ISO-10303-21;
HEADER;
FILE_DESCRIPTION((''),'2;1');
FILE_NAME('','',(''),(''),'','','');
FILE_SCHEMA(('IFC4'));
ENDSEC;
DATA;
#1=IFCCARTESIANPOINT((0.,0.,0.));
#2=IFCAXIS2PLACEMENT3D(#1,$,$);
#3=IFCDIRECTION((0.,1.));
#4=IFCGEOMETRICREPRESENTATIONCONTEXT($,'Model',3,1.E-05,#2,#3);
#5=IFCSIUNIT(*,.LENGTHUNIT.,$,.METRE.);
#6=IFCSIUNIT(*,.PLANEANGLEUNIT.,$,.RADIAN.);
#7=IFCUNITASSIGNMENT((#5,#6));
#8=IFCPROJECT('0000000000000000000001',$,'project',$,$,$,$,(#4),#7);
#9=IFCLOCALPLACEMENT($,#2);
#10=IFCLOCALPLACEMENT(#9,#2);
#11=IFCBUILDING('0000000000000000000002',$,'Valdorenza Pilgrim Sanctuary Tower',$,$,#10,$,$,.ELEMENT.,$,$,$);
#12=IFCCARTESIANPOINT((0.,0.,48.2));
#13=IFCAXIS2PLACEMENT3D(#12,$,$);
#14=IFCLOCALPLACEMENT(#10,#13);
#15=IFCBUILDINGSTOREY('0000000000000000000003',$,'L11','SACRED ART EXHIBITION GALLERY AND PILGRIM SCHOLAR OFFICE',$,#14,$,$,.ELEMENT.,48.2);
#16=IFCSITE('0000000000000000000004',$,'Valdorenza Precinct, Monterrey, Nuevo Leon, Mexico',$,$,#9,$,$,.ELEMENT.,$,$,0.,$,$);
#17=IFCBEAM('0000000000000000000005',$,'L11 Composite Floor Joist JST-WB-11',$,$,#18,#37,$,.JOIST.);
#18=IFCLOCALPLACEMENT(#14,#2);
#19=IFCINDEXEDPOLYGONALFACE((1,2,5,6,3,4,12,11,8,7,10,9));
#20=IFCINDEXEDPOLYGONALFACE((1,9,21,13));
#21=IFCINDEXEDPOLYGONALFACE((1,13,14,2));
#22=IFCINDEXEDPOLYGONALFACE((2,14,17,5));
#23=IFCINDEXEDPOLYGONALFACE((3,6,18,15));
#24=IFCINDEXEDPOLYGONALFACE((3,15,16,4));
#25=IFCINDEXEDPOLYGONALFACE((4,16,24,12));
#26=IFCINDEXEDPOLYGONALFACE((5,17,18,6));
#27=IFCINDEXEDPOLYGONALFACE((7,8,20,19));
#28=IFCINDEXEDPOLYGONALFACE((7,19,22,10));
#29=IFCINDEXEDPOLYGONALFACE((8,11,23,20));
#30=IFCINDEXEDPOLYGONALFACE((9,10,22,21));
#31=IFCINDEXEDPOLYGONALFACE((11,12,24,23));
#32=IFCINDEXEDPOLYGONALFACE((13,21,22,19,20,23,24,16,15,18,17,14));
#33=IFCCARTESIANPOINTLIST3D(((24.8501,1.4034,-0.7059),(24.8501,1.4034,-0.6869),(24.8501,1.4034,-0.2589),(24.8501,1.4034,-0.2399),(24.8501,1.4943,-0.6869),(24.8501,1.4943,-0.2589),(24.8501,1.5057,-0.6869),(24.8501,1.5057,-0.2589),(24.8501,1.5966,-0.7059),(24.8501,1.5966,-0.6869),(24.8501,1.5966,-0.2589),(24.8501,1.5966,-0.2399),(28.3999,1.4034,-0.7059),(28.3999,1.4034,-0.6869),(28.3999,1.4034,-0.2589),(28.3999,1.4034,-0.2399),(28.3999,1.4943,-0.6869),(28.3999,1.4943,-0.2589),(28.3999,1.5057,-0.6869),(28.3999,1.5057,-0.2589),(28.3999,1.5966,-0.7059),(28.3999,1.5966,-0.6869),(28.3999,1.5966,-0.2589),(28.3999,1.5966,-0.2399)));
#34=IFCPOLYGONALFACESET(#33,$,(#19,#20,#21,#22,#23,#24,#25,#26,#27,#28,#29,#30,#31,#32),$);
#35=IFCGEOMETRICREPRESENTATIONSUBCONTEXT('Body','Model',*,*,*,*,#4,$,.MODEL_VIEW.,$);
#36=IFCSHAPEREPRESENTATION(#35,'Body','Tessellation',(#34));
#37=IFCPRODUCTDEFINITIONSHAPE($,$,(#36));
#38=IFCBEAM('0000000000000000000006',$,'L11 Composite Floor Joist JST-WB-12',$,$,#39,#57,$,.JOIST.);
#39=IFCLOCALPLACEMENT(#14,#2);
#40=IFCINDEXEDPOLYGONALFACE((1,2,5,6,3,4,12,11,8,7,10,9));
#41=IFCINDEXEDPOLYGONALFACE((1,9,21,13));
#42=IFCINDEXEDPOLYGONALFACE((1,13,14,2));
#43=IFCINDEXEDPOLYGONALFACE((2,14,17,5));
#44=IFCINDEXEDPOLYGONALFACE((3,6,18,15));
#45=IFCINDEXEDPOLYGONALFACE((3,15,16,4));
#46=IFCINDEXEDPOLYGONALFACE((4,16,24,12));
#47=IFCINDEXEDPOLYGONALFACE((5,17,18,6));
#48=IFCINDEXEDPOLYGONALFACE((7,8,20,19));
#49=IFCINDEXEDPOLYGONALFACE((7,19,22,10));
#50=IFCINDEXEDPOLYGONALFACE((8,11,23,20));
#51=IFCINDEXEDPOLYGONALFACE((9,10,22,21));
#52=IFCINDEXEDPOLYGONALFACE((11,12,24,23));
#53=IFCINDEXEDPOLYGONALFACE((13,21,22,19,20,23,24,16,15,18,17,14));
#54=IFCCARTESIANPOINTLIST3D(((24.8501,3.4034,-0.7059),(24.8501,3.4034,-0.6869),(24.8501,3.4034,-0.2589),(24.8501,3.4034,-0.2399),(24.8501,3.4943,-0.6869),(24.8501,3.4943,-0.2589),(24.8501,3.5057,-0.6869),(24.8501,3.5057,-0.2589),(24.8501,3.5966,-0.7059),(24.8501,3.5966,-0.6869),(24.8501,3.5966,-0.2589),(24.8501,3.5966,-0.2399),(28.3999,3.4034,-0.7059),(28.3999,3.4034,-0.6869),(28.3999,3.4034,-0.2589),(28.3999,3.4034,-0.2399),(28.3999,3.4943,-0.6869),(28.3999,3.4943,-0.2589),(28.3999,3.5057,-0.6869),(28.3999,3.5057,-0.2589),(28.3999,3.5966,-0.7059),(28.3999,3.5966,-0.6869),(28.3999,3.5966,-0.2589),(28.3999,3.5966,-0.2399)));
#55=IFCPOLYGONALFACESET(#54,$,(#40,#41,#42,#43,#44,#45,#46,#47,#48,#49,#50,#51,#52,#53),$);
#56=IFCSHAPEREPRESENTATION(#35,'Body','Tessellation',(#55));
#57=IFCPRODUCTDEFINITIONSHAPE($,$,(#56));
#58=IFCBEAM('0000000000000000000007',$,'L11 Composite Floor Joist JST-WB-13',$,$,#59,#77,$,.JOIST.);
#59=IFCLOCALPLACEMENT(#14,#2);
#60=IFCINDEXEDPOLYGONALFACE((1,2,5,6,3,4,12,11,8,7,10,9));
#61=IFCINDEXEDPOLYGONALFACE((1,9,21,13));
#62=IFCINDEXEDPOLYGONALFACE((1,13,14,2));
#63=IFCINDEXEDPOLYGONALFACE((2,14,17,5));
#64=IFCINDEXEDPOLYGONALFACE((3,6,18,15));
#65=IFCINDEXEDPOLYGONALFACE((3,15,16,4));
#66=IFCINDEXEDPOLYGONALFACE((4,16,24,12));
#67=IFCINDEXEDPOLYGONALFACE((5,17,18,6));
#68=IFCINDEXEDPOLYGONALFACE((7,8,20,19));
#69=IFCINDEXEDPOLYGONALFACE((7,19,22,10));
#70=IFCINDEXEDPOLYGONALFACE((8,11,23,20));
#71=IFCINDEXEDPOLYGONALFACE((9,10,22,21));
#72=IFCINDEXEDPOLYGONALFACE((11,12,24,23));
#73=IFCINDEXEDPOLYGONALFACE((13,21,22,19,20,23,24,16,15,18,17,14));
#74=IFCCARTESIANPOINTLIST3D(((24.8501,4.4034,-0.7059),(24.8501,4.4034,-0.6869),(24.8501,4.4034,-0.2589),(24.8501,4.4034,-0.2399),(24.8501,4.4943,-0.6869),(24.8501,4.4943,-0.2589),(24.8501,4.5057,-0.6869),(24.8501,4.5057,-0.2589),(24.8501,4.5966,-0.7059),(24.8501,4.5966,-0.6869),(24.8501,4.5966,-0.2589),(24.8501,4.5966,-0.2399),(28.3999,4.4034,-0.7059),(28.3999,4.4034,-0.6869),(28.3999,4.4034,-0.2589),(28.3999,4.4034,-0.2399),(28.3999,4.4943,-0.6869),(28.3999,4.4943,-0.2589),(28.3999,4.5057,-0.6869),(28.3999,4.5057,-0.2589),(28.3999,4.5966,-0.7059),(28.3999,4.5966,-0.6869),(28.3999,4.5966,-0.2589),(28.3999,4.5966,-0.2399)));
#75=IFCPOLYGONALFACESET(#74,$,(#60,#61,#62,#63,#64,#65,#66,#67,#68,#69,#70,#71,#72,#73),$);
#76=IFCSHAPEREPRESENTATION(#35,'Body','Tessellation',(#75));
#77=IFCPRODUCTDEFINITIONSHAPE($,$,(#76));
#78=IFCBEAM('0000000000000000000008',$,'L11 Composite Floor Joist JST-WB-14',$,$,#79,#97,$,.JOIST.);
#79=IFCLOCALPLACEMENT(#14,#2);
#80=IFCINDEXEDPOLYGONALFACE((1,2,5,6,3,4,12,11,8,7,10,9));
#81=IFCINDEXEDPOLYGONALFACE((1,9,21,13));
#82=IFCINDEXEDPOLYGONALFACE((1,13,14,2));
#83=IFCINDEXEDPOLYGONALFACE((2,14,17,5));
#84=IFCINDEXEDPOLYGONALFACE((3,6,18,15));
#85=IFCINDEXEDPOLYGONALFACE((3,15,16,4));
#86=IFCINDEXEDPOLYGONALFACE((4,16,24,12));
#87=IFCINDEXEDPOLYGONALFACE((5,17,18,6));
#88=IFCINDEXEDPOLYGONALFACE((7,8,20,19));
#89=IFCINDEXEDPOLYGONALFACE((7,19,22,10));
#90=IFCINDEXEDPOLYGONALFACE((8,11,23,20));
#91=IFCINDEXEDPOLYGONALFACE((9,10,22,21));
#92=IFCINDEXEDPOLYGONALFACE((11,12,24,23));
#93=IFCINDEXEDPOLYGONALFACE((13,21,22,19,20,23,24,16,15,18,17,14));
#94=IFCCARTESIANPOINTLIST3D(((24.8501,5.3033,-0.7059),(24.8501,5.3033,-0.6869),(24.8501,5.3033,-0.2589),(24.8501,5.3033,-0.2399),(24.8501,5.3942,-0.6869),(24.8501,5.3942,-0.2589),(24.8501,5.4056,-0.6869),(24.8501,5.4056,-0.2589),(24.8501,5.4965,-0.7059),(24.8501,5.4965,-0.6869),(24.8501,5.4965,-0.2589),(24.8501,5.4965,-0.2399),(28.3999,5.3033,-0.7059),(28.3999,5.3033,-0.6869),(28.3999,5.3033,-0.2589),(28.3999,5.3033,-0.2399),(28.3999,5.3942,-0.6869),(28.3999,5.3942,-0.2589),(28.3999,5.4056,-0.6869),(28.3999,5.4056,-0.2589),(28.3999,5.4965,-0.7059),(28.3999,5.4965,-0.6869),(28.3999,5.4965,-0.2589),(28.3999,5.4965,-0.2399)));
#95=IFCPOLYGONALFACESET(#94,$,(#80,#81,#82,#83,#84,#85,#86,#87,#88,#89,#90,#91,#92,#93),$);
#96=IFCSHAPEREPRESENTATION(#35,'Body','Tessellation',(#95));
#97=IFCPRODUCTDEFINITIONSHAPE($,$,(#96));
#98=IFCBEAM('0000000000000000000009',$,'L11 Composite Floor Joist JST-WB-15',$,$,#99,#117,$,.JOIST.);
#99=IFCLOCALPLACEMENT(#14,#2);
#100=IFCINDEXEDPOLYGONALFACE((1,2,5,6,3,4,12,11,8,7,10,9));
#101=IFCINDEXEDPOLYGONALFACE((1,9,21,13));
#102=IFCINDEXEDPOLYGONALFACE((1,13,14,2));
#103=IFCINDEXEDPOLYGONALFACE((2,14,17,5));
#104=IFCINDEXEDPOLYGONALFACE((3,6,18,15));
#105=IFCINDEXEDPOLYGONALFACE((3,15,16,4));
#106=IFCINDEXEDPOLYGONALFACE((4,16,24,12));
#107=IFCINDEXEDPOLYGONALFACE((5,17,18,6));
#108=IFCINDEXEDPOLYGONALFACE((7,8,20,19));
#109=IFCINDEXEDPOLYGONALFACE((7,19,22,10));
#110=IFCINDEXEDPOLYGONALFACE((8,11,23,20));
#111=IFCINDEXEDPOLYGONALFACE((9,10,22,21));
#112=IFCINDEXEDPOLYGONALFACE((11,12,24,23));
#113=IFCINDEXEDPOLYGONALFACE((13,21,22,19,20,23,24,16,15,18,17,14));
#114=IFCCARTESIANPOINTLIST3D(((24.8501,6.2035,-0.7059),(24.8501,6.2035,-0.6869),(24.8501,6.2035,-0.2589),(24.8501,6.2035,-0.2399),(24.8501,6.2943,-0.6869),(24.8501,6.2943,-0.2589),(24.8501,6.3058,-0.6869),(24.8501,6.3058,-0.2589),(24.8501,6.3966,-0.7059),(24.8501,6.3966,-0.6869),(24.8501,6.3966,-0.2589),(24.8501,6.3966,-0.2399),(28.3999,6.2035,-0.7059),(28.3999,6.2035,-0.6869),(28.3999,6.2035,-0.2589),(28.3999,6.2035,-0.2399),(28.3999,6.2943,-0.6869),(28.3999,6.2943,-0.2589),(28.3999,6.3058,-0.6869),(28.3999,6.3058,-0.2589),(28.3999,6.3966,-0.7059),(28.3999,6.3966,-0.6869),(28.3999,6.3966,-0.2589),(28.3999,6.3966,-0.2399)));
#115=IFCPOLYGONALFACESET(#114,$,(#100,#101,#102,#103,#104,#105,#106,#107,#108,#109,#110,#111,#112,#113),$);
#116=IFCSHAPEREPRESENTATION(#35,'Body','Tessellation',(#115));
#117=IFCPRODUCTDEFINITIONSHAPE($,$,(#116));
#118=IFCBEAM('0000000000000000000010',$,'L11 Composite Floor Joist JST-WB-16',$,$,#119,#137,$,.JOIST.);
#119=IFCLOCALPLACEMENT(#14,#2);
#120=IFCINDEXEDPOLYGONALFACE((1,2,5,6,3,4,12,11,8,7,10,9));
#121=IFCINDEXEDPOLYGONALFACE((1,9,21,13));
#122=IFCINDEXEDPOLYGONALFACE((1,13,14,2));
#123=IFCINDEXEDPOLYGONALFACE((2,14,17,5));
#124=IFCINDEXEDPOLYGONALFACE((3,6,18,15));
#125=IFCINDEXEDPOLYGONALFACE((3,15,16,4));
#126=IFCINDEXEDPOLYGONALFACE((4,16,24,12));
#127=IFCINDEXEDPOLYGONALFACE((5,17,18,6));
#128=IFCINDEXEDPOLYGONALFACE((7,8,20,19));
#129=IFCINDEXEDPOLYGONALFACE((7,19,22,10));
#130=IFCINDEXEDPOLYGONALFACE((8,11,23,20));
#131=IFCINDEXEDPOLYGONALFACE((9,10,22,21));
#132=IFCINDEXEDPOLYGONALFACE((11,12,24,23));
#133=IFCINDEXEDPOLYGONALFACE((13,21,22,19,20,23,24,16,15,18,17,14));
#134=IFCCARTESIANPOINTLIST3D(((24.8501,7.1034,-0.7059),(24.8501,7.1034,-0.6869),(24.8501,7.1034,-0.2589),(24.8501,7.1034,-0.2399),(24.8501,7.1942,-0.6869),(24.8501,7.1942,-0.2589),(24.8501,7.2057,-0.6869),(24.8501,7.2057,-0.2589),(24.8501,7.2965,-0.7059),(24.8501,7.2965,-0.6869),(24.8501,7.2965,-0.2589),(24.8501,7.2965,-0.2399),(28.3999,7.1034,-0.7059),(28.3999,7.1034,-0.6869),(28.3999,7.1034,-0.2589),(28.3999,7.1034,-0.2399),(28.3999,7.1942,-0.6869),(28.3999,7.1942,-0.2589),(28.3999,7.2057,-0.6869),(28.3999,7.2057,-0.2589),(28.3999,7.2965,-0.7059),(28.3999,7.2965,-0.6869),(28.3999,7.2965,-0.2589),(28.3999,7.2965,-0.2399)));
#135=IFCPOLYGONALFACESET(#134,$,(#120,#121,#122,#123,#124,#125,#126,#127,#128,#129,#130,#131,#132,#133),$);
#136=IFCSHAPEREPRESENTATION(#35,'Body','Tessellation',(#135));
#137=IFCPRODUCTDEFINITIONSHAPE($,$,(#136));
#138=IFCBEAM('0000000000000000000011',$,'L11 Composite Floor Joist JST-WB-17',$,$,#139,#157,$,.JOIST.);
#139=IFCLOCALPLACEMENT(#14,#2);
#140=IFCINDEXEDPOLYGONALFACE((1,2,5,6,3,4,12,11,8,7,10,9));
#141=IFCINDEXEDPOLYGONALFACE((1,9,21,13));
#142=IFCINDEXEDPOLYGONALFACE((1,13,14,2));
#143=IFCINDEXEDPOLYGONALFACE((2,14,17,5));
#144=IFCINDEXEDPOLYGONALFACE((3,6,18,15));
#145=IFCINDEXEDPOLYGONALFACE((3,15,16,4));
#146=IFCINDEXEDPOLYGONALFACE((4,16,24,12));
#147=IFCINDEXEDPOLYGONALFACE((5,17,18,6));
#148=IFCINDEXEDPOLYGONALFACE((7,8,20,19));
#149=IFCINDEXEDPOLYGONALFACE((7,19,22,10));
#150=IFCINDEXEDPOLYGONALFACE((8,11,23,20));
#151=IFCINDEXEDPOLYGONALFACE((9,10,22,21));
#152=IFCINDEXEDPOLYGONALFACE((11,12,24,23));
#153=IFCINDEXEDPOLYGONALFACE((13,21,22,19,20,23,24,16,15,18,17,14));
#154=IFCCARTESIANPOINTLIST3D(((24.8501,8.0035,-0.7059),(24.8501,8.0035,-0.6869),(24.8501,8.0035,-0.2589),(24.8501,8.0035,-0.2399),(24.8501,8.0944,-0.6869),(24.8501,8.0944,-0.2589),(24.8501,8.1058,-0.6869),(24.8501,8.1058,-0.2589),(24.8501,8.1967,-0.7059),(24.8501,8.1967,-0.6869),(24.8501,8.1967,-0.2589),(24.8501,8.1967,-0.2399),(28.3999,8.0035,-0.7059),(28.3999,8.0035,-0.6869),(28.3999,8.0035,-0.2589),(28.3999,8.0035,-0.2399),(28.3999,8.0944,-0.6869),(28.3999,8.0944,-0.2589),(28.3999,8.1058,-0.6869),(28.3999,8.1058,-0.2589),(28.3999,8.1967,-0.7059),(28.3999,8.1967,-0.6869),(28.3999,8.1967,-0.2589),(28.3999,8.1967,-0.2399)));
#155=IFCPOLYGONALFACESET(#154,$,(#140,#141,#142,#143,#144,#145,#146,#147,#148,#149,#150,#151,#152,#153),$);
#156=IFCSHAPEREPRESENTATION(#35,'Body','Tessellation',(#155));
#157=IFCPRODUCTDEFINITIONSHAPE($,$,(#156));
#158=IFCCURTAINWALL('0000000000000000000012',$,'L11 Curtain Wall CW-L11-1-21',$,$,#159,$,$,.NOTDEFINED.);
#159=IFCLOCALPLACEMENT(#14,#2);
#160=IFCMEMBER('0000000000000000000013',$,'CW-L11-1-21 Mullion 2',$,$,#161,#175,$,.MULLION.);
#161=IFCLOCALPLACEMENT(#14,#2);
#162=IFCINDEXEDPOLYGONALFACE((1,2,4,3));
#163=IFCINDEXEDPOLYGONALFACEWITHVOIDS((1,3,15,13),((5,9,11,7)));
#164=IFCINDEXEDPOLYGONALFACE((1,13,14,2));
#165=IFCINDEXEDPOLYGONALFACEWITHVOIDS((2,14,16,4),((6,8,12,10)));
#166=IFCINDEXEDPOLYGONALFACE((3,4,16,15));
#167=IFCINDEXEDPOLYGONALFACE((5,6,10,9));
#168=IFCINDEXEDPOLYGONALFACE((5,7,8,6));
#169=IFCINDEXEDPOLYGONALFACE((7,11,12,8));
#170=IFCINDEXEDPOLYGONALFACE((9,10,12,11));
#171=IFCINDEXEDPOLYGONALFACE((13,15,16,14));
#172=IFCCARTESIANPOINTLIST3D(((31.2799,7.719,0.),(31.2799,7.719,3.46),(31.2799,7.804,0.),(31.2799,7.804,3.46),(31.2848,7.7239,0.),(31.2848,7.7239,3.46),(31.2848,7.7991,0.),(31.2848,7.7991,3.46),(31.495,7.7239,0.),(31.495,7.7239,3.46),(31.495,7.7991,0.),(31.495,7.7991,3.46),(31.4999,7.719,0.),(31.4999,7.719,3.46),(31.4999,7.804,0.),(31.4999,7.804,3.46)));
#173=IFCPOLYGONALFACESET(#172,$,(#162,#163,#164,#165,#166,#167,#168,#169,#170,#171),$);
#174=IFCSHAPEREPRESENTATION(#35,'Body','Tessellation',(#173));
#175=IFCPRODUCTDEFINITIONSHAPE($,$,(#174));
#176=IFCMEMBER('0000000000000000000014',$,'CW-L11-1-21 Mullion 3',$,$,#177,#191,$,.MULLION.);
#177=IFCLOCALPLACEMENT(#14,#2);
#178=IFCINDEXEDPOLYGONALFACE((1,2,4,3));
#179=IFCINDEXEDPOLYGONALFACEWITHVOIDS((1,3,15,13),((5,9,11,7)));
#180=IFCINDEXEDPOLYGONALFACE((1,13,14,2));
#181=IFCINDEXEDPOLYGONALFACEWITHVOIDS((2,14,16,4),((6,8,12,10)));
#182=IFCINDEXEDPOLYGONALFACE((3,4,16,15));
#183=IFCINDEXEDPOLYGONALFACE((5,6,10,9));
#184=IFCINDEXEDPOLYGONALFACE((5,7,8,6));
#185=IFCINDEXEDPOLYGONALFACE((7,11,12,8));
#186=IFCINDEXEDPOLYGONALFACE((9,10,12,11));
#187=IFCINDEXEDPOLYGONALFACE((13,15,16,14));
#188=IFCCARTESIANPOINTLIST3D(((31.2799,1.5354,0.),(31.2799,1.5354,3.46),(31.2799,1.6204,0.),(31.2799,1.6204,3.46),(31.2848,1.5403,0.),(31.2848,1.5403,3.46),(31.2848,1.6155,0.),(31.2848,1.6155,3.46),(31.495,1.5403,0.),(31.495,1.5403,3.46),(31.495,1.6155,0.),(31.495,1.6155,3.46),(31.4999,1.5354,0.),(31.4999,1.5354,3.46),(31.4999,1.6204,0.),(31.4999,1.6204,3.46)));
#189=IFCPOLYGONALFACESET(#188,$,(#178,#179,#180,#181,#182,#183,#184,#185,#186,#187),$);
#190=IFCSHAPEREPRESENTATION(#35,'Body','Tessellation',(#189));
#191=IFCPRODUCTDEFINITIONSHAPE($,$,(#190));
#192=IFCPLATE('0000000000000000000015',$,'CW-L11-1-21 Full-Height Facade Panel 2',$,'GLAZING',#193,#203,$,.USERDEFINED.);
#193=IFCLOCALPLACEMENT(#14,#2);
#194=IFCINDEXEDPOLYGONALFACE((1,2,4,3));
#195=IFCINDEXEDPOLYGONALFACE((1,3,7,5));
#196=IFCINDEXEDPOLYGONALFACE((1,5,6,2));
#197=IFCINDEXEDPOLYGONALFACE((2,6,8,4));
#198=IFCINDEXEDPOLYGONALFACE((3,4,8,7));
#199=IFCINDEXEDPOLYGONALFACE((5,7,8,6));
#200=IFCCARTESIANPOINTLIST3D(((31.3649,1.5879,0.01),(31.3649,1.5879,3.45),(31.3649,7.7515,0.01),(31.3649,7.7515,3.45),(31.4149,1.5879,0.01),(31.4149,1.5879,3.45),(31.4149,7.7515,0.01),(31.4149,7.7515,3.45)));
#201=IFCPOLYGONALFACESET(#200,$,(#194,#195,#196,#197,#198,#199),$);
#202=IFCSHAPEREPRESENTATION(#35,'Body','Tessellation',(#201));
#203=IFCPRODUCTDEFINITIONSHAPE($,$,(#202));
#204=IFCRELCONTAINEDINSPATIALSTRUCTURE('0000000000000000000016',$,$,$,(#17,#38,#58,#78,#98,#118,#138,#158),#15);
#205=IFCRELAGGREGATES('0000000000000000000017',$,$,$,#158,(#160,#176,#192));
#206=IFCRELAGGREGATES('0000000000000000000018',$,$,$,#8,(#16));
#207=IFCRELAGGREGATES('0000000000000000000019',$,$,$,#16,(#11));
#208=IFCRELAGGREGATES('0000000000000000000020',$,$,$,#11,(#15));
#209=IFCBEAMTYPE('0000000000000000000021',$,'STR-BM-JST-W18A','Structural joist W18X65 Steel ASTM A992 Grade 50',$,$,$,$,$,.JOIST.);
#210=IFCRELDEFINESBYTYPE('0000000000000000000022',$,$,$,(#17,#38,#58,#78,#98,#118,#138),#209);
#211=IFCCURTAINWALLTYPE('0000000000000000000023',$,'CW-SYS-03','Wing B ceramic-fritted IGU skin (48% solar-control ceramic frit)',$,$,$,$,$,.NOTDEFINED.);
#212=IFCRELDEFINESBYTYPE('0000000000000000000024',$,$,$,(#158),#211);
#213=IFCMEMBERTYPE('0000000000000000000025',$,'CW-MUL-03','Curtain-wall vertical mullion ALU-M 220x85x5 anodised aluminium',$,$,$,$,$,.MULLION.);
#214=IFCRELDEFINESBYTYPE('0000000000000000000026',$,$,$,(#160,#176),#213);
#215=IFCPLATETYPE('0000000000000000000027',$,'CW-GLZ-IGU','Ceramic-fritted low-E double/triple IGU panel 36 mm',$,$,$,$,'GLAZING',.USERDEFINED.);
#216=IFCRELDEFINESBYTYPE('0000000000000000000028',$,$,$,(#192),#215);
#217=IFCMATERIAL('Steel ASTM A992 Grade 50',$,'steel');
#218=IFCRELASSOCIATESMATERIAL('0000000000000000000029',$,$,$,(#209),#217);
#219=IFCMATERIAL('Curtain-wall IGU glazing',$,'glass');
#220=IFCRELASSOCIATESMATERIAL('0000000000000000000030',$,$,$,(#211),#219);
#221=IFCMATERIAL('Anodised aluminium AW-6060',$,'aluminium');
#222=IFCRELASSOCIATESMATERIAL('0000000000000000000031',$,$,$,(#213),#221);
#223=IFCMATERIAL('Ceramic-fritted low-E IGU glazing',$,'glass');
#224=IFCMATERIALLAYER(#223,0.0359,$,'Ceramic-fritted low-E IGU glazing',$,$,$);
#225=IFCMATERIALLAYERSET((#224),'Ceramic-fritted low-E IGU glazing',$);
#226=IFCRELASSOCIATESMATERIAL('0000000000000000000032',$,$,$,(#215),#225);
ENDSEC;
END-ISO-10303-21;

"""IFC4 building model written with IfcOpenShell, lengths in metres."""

from ifc_helpers import new_model, si_unit, direction, frame, origin, origin_2d, place, context, subcontext, project, spatial, rectangle, hollow_rectangle, i_section, extrude, source, transform, mapped, material, layer, layer_set, material_profile, profile_set, type_object, element, aggregate, save


model = new_model("IFC4")

# Units and contexts
model_context = context("Model", 3, precision=1e-05, world=origin(), true_north=direction((0.0, 1.0)))
body_context = subcontext(model_context, "Body", "Model", "MODEL_VIEW")
ifc_project = project(units=[si_unit("LENGTHUNIT", "METRE"), si_unit("PLANEANGLEUNIT", "RADIAN")], contexts=[model_context])

# Site, building, storey
site_placement = place(None, origin())
site = spatial("IfcSite", under=ifc_project, at=site_placement, Name="Valdorenza Precinct, Monterrey, Nuevo Leon, Mexico", CompositionType="ELEMENT", RefElevation=0.0)
building_placement = place(site_placement, origin())
building = spatial("IfcBuilding", under=site, at=building_placement, Name="Valdorenza Pilgrim Sanctuary Tower", CompositionType="ELEMENT")
storey_placement = place(building_placement, frame((0.0, 0.0, 48.2)))
storey = spatial("IfcBuildingStorey", under=building, at=storey_placement, Name="L11", Description="SACRED ART EXHIBITION GALLERY AND PILGRIM SCHOLAR OFFICE", CompositionType="ELEMENT", Elevation=48.2)

# Beams
ifc_material_1 = material(Name="Steel ASTM A992 Grade 50", Category="steel")
ifc_material_profile_1 = material_profile(ifc_material_1, i_section(OverallWidth=0.1931, OverallDepth=0.4661, WebThickness=0.0115, FlangeThickness=0.019, at=origin_2d()), Name="W18X65")
ifc_profile_set_1 = profile_set([ifc_material_profile_1], Name="Steel ASTM A992 Grade 50")
beam_type = type_object("IfcBeamType", Name="STR-BM-JST-W18A", Description="Structural joist W18X65 Steel ASTM A992 Grade 50", PredefinedType="JOIST", material=ifc_profile_set_1)
shared_shape_1 = source(origin(), body_context, "Body", "SweptSolid", [
    extrude(i_section(OverallWidth=0.1931, OverallDepth=0.4661, WebThickness=0.0115, FlangeThickness=0.019, at=origin_2d()), origin(), (0.0, 0.0, 1.0), 3.5498),
])
for number, where, z_axis, x_axis, name in (
    (1, (24.8501, 1.5, -0.4729), (1.0, 0.0, 0.0), (0.0, 1.0, 0.0), "L11 Composite Floor Joist JST-WB-11"),
    (2, (24.8501, 3.5, -0.4729), (1.0, 0.0, 0.0), (0.0, 1.0, 0.0), "L11 Composite Floor Joist JST-WB-12"),
    (3, (24.8501, 4.5, -0.4729), (1.0, 0.0, 0.0), (0.0, 1.0, 0.0), "L11 Composite Floor Joist JST-WB-13"),
    (4, (24.8501, 5.3999, -0.4729), (1.0, 0.0, 0.0), (0.0, 1.0, 0.0), "L11 Composite Floor Joist JST-WB-14"),
    (5, (24.8501, 6.3, -0.4729), (1.0, 0.0, 0.0), (0.0, 1.0, 0.0), "L11 Composite Floor Joist JST-WB-15"),
    (6, (24.8501, 7.2, -0.4729), (1.0, 0.0, 0.0), (0.0, 1.0, 0.0), "L11 Composite Floor Joist JST-WB-16"),
    (7, (24.8501, 8.1001, -0.4729), (1.0, 0.0, 0.0), (0.0, 1.0, 0.0), "L11 Composite Floor Joist JST-WB-17"),
):
    element("IfcBeam", number, at=place(storey_placement, frame(where, z_axis=z_axis, x_axis=x_axis)), inside=storey, type_object=beam_type, Name=name, PredefinedType="JOIST", context=body_context, shape_type="MappedRepresentation", body=[
        mapped(shared_shape_1, transform((0.0, 0.0, 0.0), x_axis=(1.0, 0.0, 0.0), y_axis=(0.0, 1.0, 0.0), z_axis=(0.0, 0.0, 1.0), scale=1.0)),
    ])

# Curtain wall, members, plate
ifc_material_2 = material(Name="Curtain-wall IGU glazing", Category="glass")
curtain_wall_type = type_object("IfcCurtainWallType", Name="CW-SYS-03", Description="Wing B ceramic-fritted IGU skin (48% solar-control ceramic frit)", PredefinedType="NOTDEFINED", material=ifc_material_2)
curtain_wall_placement = place(storey_placement, origin())
curtain_wall = element("IfcCurtainWall", 8, at=curtain_wall_placement, inside=storey, type_object=curtain_wall_type, Name="L11 Curtain Wall CW-L11-1-21", PredefinedType="NOTDEFINED")
ifc_material_3 = material(Name="Anodised aluminium AW-6060", Category="aluminium")
ifc_material_profile_2 = material_profile(ifc_material_3, hollow_rectangle(XDim=0.085, YDim=0.22, WallThickness=0.0049, at=origin_2d()), Name="ALU-M 220x85x5")
ifc_profile_set_2 = profile_set([ifc_material_profile_2], Name="Anodised aluminium AW-6060")
member_type = type_object("IfcMemberType", Name="CW-MUL-03", Description="Curtain-wall vertical mullion ALU-M 220x85x5 anodised aluminium", PredefinedType="MULLION", material=ifc_profile_set_2)
shared_shape_2 = source(origin(), body_context, "Body", "SweptSolid", [
    extrude(hollow_rectangle(XDim=0.085, YDim=0.22, WallThickness=0.0049, at=origin_2d()), origin(), (0.0, 0.0, 1.0), 3.46),
])
member_1_placement = place(storey_placement, frame((31.3899, 7.7615, 0.0), z_axis=(0.0, 0.0, 1.0), x_axis=(0.0, -1.0, 0.0)))
member_1 = element("IfcMember", 9, at=member_1_placement, type_object=member_type, Name="CW-L11-1-21 Mullion 2", PredefinedType="MULLION", context=body_context, shape_type="MappedRepresentation", body=[
    mapped(shared_shape_2, transform((0.0, 0.0, 0.0), x_axis=(1.0, 0.0, 0.0), y_axis=(0.0, 1.0, 0.0), z_axis=(0.0, 0.0, 1.0), scale=1.0)),
])
member_2_placement = place(storey_placement, frame((31.3899, 1.5779, 0.0), z_axis=(0.0, 0.0, 1.0), x_axis=(0.0, -1.0, 0.0)))
member_2 = element("IfcMember", 10, at=member_2_placement, type_object=member_type, Name="CW-L11-1-21 Mullion 3", PredefinedType="MULLION", context=body_context, shape_type="MappedRepresentation", body=[
    mapped(shared_shape_2, transform((0.0, 0.0, 0.0), x_axis=(1.0, 0.0, 0.0), y_axis=(0.0, 1.0, 0.0), z_axis=(0.0, 0.0, 1.0), scale=1.0)),
])
ifc_material_4 = material(Name="Ceramic-fritted low-E IGU glazing", Category="glass")
ifc_layer_1 = layer(ifc_material_4, 0.0359, Name="Ceramic-fritted low-E IGU glazing")
ifc_layer_set_1 = layer_set([ifc_layer_1], Name="Ceramic-fritted low-E IGU glazing")
plate_type = type_object("IfcPlateType", Name="CW-GLZ-IGU", Description="Ceramic-fritted low-E double/triple IGU panel 36 mm", ElementType="GLAZING", PredefinedType="USERDEFINED", material=ifc_layer_set_1)
shared_shape_3 = source(origin(), body_context, "Body", "SweptSolid", [
    extrude(rectangle(XDim=6.1636, YDim=0.05, at=origin_2d()), origin(), (0.0, 0.0, 1.0), 3.4399),
])
plate_placement = place(storey_placement, frame((31.3899, 4.6697, 0.01), z_axis=(0.0, 0.0, 1.0), x_axis=(0.0, -1.0, 0.0)))
plate = element("IfcPlate", 11, at=plate_placement, type_object=plate_type, Name="CW-L11-1-21 Full-Height Facade Panel 2", ObjectType="GLAZING", PredefinedType="USERDEFINED", context=body_context, shape_type="MappedRepresentation", body=[
    mapped(shared_shape_3, transform((0.0, 0.0, 0.0), x_axis=(1.0, 0.0, 0.0), y_axis=(0.0, 1.0, 0.0), z_axis=(0.0, 0.0, 1.0), scale=1.0)),
])
aggregate(curtain_wall, [member_1, member_2, plate])

save(model, "model.ifc")
